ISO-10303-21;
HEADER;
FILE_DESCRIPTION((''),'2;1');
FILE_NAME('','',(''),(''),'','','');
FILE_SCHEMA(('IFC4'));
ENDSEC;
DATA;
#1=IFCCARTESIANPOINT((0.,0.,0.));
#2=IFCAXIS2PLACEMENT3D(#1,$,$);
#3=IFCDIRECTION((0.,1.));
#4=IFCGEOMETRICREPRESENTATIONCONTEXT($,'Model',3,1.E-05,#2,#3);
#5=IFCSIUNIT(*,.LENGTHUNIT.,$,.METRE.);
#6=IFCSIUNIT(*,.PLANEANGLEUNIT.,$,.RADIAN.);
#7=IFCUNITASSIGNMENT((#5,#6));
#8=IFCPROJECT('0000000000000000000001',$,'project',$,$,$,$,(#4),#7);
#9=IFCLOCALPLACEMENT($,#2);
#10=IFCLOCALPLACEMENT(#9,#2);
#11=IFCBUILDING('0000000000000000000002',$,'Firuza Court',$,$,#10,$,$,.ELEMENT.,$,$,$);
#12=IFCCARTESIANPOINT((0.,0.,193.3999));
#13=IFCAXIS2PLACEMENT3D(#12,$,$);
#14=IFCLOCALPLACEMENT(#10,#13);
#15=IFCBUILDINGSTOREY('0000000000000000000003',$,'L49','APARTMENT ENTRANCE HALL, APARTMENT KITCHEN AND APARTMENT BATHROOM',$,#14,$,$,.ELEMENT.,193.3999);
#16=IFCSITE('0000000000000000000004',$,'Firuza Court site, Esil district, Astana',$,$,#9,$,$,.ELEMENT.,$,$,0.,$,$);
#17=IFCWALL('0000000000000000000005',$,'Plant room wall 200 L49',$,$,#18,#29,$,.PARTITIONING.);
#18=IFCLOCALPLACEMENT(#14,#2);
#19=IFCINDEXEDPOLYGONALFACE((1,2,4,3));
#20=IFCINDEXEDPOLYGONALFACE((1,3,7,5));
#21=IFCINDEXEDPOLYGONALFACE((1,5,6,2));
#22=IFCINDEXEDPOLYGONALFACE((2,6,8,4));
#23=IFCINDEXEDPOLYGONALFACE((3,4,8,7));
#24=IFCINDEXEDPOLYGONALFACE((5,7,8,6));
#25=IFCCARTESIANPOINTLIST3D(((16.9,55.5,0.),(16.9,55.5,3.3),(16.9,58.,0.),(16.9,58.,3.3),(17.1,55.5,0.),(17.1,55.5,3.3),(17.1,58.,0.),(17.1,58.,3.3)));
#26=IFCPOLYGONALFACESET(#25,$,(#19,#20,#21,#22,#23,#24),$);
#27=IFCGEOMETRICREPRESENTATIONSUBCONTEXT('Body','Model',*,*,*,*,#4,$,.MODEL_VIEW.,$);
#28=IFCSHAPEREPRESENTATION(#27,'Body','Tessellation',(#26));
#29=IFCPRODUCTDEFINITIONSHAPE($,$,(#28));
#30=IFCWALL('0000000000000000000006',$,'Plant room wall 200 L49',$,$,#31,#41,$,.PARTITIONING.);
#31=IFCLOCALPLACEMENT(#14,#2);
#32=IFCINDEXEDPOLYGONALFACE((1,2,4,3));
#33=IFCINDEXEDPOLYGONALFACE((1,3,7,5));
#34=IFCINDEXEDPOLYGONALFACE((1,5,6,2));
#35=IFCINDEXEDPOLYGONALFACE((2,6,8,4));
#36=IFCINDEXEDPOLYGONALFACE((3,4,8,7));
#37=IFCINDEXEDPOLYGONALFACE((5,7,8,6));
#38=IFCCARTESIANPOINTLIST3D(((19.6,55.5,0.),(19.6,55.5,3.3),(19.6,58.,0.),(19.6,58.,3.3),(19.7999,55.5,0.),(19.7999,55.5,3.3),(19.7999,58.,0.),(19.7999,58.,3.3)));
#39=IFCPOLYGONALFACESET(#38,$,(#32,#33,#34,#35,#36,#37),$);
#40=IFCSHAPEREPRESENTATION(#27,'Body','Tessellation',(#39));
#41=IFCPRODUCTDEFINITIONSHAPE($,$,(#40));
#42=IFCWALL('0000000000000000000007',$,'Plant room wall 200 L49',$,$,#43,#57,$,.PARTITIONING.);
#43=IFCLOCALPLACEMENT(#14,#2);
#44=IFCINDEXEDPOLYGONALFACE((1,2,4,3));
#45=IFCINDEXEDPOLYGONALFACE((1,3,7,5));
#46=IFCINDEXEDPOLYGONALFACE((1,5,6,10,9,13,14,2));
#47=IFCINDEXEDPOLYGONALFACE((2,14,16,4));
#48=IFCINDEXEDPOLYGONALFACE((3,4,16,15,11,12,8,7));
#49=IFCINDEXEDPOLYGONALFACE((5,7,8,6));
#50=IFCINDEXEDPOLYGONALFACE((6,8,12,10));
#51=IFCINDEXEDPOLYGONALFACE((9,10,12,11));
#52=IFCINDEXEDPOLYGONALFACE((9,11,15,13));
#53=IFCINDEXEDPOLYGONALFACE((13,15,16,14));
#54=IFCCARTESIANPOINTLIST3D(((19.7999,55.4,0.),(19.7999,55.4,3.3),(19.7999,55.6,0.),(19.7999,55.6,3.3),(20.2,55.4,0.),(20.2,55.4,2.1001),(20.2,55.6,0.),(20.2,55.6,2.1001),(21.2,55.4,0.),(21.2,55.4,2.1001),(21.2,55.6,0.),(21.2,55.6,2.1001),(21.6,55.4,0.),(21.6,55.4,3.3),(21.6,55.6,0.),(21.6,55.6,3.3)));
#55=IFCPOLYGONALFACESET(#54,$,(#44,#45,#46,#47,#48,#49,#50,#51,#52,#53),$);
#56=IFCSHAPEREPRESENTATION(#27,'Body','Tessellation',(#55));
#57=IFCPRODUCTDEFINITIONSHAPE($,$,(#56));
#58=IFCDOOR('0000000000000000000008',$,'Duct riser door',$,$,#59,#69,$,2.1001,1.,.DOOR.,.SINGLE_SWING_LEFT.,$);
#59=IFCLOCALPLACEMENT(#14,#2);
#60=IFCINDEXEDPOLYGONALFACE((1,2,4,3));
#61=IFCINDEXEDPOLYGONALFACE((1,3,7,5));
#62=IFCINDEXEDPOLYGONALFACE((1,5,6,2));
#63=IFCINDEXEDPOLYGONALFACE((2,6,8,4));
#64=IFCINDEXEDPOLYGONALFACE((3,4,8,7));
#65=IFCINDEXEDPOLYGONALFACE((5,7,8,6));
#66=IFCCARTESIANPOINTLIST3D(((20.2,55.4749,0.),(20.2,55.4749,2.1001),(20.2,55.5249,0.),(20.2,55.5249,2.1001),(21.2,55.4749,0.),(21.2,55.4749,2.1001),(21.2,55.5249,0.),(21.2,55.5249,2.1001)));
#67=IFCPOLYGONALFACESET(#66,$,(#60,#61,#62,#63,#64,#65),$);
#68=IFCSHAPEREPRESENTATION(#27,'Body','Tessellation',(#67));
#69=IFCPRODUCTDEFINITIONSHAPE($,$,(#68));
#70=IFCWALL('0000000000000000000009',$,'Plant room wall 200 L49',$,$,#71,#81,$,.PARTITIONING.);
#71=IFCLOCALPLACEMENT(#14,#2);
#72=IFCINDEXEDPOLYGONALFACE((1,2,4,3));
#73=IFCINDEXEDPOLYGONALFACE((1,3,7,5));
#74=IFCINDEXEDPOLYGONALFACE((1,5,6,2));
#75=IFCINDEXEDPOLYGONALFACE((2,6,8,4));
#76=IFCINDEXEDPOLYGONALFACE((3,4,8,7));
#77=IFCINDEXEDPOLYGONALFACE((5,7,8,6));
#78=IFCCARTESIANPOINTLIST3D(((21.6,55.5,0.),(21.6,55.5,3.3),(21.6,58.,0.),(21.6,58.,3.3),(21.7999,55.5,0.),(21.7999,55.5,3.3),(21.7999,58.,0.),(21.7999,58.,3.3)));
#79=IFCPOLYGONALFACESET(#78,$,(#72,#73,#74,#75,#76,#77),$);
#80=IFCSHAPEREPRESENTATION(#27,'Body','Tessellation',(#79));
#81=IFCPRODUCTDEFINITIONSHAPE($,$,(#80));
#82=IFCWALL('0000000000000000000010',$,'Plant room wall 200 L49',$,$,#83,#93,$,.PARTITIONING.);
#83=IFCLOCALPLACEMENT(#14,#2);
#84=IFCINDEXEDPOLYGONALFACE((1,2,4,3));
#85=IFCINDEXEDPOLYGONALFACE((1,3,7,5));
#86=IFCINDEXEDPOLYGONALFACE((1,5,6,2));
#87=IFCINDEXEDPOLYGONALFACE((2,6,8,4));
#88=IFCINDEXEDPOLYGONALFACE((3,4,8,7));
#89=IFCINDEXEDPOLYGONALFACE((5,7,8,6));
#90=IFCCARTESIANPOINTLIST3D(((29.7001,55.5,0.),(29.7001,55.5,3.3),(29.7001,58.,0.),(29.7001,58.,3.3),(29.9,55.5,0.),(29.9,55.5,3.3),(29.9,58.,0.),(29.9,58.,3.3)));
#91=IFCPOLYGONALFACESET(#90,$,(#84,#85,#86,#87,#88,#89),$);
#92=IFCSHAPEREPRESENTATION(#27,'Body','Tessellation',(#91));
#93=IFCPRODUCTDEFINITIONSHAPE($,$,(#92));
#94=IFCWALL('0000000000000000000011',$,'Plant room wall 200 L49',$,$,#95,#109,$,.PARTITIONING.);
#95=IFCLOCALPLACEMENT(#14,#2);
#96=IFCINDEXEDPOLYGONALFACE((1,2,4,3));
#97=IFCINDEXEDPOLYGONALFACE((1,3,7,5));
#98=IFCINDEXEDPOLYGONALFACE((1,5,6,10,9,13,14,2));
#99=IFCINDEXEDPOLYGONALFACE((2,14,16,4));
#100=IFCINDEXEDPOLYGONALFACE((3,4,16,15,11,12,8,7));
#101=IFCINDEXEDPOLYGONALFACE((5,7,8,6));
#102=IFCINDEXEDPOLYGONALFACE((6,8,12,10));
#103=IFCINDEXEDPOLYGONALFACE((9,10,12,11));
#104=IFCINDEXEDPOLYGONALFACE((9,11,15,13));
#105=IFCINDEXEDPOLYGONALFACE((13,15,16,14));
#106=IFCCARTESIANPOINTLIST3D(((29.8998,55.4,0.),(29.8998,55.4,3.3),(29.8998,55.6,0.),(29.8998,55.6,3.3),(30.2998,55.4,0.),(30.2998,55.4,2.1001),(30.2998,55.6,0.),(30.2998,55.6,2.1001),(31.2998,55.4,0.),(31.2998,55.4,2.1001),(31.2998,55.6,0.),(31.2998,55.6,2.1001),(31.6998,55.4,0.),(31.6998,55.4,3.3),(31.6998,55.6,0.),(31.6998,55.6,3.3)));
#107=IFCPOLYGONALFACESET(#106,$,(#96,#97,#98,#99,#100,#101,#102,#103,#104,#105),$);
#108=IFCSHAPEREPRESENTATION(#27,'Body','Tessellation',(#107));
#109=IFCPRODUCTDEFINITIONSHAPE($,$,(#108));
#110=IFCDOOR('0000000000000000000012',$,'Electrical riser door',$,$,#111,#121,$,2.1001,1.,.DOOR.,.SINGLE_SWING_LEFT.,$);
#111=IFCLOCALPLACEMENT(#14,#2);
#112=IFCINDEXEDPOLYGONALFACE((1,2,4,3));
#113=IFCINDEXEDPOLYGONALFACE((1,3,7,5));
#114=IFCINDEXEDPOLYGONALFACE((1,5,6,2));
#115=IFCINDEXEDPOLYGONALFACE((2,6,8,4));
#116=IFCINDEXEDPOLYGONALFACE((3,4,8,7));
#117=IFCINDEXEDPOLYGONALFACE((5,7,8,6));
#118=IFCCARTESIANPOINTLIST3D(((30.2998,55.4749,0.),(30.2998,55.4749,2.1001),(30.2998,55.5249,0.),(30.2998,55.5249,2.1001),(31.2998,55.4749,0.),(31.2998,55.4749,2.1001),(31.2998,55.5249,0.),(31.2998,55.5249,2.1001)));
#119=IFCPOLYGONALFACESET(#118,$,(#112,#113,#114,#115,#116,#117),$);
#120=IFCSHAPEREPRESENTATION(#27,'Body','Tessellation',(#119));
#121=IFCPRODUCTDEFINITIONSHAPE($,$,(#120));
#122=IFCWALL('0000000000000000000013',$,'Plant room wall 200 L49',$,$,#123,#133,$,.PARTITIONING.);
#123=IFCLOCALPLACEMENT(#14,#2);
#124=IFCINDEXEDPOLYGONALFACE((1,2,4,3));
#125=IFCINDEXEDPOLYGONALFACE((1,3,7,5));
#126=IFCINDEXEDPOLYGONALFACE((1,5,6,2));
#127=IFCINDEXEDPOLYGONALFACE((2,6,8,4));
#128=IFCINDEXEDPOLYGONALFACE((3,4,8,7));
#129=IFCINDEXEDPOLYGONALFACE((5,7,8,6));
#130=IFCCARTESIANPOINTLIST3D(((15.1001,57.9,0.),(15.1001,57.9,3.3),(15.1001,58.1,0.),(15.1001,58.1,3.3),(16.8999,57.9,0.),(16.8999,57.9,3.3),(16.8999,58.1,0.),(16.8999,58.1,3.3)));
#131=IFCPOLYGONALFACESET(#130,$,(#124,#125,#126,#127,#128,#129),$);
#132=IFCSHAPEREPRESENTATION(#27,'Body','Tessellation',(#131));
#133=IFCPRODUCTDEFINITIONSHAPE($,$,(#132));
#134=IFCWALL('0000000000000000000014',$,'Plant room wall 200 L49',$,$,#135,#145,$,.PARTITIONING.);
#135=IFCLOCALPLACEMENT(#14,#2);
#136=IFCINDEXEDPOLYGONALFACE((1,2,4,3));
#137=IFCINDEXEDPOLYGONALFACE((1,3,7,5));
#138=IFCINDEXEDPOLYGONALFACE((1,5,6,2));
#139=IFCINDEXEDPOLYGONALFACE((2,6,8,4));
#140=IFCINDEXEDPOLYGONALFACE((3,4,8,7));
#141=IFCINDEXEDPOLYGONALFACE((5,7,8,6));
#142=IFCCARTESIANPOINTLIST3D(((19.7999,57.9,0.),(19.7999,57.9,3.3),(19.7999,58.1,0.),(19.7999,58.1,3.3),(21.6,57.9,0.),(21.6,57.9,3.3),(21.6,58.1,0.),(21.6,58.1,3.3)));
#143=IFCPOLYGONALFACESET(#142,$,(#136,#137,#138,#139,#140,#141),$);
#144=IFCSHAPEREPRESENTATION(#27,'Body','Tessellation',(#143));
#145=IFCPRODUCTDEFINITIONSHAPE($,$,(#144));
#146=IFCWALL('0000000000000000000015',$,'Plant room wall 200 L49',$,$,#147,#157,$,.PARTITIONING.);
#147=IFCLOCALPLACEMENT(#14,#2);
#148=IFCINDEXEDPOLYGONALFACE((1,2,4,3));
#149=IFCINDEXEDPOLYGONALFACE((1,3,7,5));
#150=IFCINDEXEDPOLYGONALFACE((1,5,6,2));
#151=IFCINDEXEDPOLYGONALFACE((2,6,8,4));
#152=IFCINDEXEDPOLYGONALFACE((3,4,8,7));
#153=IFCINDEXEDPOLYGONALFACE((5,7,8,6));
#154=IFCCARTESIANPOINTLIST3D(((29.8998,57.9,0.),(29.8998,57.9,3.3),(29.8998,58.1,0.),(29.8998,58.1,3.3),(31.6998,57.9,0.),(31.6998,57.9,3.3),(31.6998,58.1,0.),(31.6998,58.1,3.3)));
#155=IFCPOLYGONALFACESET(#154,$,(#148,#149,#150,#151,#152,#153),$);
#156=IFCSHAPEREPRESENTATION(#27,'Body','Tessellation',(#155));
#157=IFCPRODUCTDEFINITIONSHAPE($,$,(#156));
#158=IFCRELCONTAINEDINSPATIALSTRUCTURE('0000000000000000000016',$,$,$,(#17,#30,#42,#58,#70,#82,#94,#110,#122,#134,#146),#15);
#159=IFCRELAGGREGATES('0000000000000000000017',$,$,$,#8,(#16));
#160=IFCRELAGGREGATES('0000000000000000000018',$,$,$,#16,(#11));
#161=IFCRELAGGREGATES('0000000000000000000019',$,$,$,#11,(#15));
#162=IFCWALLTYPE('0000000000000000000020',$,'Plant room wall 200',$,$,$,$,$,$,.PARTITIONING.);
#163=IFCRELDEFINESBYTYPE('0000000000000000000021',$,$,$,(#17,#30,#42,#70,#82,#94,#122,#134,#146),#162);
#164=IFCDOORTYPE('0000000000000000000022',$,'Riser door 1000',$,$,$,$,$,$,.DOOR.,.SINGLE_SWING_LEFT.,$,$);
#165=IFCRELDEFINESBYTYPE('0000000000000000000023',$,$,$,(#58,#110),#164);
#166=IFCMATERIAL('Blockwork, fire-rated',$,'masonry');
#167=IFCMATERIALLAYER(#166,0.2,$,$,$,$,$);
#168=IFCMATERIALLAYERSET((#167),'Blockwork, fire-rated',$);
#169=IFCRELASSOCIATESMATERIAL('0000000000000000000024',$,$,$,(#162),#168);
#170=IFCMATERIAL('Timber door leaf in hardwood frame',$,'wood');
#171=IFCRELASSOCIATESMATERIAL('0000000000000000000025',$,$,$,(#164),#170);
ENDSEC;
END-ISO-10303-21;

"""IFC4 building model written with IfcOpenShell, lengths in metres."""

from ifc_helpers import new_model, si_unit, direction, frame, frame_2d, origin, place, context, subcontext, project, spatial, rectangle, extrude, material, layer, layer_set, type_object, element, fill, save


model = new_model("IFC4")

# Units and contexts
model_context = context("Model", 3, precision=1e-05, world=origin(), true_north=direction((0.0, 1.0)))
body_context = subcontext(model_context, "Body", "Model", "MODEL_VIEW")
ifc_project = project(units=[si_unit("LENGTHUNIT", "METRE"), si_unit("PLANEANGLEUNIT", "RADIAN")], contexts=[model_context])

# Site, building, storey
site_placement = place(None, origin())
site = spatial("IfcSite", under=ifc_project, at=site_placement, Name="Firuza Court site, Esil district, Astana", CompositionType="ELEMENT", RefElevation=0.0)
building_placement = place(site_placement, origin())
building = spatial("IfcBuilding", under=site, at=building_placement, Name="Firuza Court", CompositionType="ELEMENT")
storey_placement = place(building_placement, frame((0.0, 0.0, 193.3999)))
storey = spatial("IfcBuildingStorey", under=building, at=storey_placement, Name="L49", Description="APARTMENT ENTRANCE HALL, APARTMENT KITCHEN AND APARTMENT BATHROOM", CompositionType="ELEMENT", Elevation=193.3999)

# Shared definitions
ifc_material_1 = material(Name="Blockwork, fire-rated", Category="masonry")
ifc_layer_1 = layer(ifc_material_1, 0.2)
ifc_layer_set_1 = layer_set([ifc_layer_1], Name="Blockwork, fire-rated")
wall_type_1 = type_object("IfcWallType", Name="Plant room wall 200", PredefinedType="PARTITIONING", material=ifc_layer_set_1)

# Shared definitions
ifc_material_2 = material(Name="Timber door leaf in hardwood frame", Category="wood")
door_type = type_object("IfcDoorType", Name="Riser door 1000", OperationType="SINGLE_SWING_LEFT", PredefinedType="DOOR", material=ifc_material_2)

# Walls
for number, where, z_axis, x_axis, name in (
    (1, (17.0, 55.5, 0.0), (0.0, 0.0, 1.0), (0.0, 1.0, 0.0), "Plant room wall 200 L49"),
    (2, (19.7, 55.5, 0.0), (0.0, 0.0, 1.0), (0.0, 1.0, 0.0), "Plant room wall 200 L49"),
):
    element("IfcWall", number, at=place(storey_placement, frame(where, z_axis=z_axis, x_axis=x_axis)), inside=storey, type_object=wall_type_1, Name=name, PredefinedType="PARTITIONING", context=body_context, shape_type="SweptSolid", body=[
        extrude(rectangle(XDim=2.5, YDim=0.2, at=frame_2d((1.25, 0.0))), origin(), (0.0, 0.0, 1.0), 3.3),
    ])

# Wall, opening, door
wall_1_placement = place(storey_placement, frame((19.8, 55.5, 0.0), z_axis=(0.0, 0.0, 1.0), x_axis=(1.0, 0.0, 0.0)))
wall_1 = element("IfcWall", 3, at=wall_1_placement, inside=storey, type_object=wall_type_1, Name="Plant room wall 200 L49", PredefinedType="PARTITIONING", context=body_context, shape_type="SweptSolid", body=[
    extrude(rectangle(XDim=1.8, YDim=0.2, at=frame_2d((0.8999, 0.0))), origin(), (0.0, 0.0, 1.0), 3.3),
])
opening_1_placement = place(wall_1_placement, frame((0.3999, 0.0, 0.0)))
opening_1 = element("IfcOpeningElement", 4, at=opening_1_placement, cuts=wall_1, PredefinedType="OPENING", context=body_context, shape_type="SweptSolid", body=[
    extrude(rectangle(XDim=1.0, YDim=2.1001, at=frame_2d((0.5, 1.05))), frame((0.0, 0.1118, 0.0), z_axis=(0.0, -1.0, 0.0), x_axis=(1.0, 0.0, 0.0)), (0.0, 0.0, 1.0), 0.2239),
])
door_1_placement = place(opening_1_placement, origin())
door_1 = element("IfcDoor", 5, at=door_1_placement, inside=storey, type_object=door_type, Name="Duct riser door", OperationType="SINGLE_SWING_LEFT", OverallHeight=2.1001, OverallWidth=1.0, PredefinedType="DOOR", context=body_context, shape_type="SweptSolid", body=[
    extrude(rectangle(XDim=1.0, YDim=2.1001, at=frame_2d((0.5, 1.05))), frame((0.0, 0.0249, 0.0), z_axis=(0.0, -1.0, 0.0), x_axis=(1.0, 0.0, 0.0)), (0.0, 0.0, 1.0), 0.05),
])
fill(opening_1, door_1)

# Walls
for number, where, z_axis, x_axis, name in (
    (6, (21.7, 55.5, 0.0), (0.0, 0.0, 1.0), (0.0, 1.0, 0.0), "Plant room wall 200 L49"),
    (7, (29.8, 55.5, 0.0), (0.0, 0.0, 1.0), (0.0, 1.0, 0.0), "Plant room wall 200 L49"),
):
    element("IfcWall", number, at=place(storey_placement, frame(where, z_axis=z_axis, x_axis=x_axis)), inside=storey, type_object=wall_type_1, Name=name, PredefinedType="PARTITIONING", context=body_context, shape_type="SweptSolid", body=[
        extrude(rectangle(XDim=2.5, YDim=0.2, at=frame_2d((1.25, 0.0))), origin(), (0.0, 0.0, 1.0), 3.3),
    ])

# Wall, opening, door
wall_2_placement = place(storey_placement, frame((29.8999, 55.5, 0.0), z_axis=(0.0, 0.0, 1.0), x_axis=(1.0, 0.0, 0.0)))
wall_2 = element("IfcWall", 8, at=wall_2_placement, inside=storey, type_object=wall_type_1, Name="Plant room wall 200 L49", PredefinedType="PARTITIONING", context=body_context, shape_type="SweptSolid", body=[
    extrude(rectangle(XDim=1.8, YDim=0.2, at=frame_2d((0.8999, 0.0))), origin(), (0.0, 0.0, 1.0), 3.3),
])
opening_2_placement = place(wall_2_placement, frame((0.3999, 0.0, 0.0)))
opening_2 = element("IfcOpeningElement", 9, at=opening_2_placement, cuts=wall_2, PredefinedType="OPENING", context=body_context, shape_type="SweptSolid", body=[
    extrude(rectangle(XDim=1.0, YDim=2.1001, at=frame_2d((0.5, 1.05))), frame((0.0, 0.1118, 0.0), z_axis=(0.0, -1.0, 0.0), x_axis=(1.0, 0.0, 0.0)), (0.0, 0.0, 1.0), 0.2239),
])
door_2_placement = place(opening_2_placement, origin())
door_2 = element("IfcDoor", 10, at=door_2_placement, inside=storey, type_object=door_type, Name="Electrical riser door", OperationType="SINGLE_SWING_LEFT", OverallHeight=2.1001, OverallWidth=1.0, PredefinedType="DOOR", context=body_context, shape_type="SweptSolid", body=[
    extrude(rectangle(XDim=1.0, YDim=2.1001, at=frame_2d((0.5, 1.05))), frame((0.0, 0.0249, 0.0), z_axis=(0.0, -1.0, 0.0), x_axis=(1.0, 0.0, 0.0)), (0.0, 0.0, 1.0), 0.05),
])
fill(opening_2, door_2)

# Walls
wall_3_placement = place(storey_placement, frame((15.1001, 58.0, 0.0), z_axis=(0.0, 0.0, 1.0), x_axis=(1.0, 0.0, 0.0)))
element("IfcWall", 11, at=wall_3_placement, inside=storey, type_object=wall_type_1, Name="Plant room wall 200 L49", PredefinedType="PARTITIONING", context=body_context, shape_type="SweptSolid", body=[
    extrude(rectangle(XDim=1.7998, YDim=0.2, at=frame_2d((0.8999, 0.0))), origin(), (0.0, 0.0, 1.0), 3.3),
])
for number, where, z_axis, x_axis, name in (
    (12, (19.8, 58.0, 0.0), (0.0, 0.0, 1.0), (1.0, 0.0, 0.0), "Plant room wall 200 L49"),
    (13, (29.8999, 58.0, 0.0), (0.0, 0.0, 1.0), (1.0, 0.0, 0.0), "Plant room wall 200 L49"),
):
    element("IfcWall", number, at=place(storey_placement, frame(where, z_axis=z_axis, x_axis=x_axis)), inside=storey, type_object=wall_type_1, Name=name, PredefinedType="PARTITIONING", context=body_context, shape_type="SweptSolid", body=[
        extrude(rectangle(XDim=1.8, YDim=0.2, at=frame_2d((0.8999, 0.0))), origin(), (0.0, 0.0, 1.0), 3.3),
    ])

save(model, "model.ifc")
